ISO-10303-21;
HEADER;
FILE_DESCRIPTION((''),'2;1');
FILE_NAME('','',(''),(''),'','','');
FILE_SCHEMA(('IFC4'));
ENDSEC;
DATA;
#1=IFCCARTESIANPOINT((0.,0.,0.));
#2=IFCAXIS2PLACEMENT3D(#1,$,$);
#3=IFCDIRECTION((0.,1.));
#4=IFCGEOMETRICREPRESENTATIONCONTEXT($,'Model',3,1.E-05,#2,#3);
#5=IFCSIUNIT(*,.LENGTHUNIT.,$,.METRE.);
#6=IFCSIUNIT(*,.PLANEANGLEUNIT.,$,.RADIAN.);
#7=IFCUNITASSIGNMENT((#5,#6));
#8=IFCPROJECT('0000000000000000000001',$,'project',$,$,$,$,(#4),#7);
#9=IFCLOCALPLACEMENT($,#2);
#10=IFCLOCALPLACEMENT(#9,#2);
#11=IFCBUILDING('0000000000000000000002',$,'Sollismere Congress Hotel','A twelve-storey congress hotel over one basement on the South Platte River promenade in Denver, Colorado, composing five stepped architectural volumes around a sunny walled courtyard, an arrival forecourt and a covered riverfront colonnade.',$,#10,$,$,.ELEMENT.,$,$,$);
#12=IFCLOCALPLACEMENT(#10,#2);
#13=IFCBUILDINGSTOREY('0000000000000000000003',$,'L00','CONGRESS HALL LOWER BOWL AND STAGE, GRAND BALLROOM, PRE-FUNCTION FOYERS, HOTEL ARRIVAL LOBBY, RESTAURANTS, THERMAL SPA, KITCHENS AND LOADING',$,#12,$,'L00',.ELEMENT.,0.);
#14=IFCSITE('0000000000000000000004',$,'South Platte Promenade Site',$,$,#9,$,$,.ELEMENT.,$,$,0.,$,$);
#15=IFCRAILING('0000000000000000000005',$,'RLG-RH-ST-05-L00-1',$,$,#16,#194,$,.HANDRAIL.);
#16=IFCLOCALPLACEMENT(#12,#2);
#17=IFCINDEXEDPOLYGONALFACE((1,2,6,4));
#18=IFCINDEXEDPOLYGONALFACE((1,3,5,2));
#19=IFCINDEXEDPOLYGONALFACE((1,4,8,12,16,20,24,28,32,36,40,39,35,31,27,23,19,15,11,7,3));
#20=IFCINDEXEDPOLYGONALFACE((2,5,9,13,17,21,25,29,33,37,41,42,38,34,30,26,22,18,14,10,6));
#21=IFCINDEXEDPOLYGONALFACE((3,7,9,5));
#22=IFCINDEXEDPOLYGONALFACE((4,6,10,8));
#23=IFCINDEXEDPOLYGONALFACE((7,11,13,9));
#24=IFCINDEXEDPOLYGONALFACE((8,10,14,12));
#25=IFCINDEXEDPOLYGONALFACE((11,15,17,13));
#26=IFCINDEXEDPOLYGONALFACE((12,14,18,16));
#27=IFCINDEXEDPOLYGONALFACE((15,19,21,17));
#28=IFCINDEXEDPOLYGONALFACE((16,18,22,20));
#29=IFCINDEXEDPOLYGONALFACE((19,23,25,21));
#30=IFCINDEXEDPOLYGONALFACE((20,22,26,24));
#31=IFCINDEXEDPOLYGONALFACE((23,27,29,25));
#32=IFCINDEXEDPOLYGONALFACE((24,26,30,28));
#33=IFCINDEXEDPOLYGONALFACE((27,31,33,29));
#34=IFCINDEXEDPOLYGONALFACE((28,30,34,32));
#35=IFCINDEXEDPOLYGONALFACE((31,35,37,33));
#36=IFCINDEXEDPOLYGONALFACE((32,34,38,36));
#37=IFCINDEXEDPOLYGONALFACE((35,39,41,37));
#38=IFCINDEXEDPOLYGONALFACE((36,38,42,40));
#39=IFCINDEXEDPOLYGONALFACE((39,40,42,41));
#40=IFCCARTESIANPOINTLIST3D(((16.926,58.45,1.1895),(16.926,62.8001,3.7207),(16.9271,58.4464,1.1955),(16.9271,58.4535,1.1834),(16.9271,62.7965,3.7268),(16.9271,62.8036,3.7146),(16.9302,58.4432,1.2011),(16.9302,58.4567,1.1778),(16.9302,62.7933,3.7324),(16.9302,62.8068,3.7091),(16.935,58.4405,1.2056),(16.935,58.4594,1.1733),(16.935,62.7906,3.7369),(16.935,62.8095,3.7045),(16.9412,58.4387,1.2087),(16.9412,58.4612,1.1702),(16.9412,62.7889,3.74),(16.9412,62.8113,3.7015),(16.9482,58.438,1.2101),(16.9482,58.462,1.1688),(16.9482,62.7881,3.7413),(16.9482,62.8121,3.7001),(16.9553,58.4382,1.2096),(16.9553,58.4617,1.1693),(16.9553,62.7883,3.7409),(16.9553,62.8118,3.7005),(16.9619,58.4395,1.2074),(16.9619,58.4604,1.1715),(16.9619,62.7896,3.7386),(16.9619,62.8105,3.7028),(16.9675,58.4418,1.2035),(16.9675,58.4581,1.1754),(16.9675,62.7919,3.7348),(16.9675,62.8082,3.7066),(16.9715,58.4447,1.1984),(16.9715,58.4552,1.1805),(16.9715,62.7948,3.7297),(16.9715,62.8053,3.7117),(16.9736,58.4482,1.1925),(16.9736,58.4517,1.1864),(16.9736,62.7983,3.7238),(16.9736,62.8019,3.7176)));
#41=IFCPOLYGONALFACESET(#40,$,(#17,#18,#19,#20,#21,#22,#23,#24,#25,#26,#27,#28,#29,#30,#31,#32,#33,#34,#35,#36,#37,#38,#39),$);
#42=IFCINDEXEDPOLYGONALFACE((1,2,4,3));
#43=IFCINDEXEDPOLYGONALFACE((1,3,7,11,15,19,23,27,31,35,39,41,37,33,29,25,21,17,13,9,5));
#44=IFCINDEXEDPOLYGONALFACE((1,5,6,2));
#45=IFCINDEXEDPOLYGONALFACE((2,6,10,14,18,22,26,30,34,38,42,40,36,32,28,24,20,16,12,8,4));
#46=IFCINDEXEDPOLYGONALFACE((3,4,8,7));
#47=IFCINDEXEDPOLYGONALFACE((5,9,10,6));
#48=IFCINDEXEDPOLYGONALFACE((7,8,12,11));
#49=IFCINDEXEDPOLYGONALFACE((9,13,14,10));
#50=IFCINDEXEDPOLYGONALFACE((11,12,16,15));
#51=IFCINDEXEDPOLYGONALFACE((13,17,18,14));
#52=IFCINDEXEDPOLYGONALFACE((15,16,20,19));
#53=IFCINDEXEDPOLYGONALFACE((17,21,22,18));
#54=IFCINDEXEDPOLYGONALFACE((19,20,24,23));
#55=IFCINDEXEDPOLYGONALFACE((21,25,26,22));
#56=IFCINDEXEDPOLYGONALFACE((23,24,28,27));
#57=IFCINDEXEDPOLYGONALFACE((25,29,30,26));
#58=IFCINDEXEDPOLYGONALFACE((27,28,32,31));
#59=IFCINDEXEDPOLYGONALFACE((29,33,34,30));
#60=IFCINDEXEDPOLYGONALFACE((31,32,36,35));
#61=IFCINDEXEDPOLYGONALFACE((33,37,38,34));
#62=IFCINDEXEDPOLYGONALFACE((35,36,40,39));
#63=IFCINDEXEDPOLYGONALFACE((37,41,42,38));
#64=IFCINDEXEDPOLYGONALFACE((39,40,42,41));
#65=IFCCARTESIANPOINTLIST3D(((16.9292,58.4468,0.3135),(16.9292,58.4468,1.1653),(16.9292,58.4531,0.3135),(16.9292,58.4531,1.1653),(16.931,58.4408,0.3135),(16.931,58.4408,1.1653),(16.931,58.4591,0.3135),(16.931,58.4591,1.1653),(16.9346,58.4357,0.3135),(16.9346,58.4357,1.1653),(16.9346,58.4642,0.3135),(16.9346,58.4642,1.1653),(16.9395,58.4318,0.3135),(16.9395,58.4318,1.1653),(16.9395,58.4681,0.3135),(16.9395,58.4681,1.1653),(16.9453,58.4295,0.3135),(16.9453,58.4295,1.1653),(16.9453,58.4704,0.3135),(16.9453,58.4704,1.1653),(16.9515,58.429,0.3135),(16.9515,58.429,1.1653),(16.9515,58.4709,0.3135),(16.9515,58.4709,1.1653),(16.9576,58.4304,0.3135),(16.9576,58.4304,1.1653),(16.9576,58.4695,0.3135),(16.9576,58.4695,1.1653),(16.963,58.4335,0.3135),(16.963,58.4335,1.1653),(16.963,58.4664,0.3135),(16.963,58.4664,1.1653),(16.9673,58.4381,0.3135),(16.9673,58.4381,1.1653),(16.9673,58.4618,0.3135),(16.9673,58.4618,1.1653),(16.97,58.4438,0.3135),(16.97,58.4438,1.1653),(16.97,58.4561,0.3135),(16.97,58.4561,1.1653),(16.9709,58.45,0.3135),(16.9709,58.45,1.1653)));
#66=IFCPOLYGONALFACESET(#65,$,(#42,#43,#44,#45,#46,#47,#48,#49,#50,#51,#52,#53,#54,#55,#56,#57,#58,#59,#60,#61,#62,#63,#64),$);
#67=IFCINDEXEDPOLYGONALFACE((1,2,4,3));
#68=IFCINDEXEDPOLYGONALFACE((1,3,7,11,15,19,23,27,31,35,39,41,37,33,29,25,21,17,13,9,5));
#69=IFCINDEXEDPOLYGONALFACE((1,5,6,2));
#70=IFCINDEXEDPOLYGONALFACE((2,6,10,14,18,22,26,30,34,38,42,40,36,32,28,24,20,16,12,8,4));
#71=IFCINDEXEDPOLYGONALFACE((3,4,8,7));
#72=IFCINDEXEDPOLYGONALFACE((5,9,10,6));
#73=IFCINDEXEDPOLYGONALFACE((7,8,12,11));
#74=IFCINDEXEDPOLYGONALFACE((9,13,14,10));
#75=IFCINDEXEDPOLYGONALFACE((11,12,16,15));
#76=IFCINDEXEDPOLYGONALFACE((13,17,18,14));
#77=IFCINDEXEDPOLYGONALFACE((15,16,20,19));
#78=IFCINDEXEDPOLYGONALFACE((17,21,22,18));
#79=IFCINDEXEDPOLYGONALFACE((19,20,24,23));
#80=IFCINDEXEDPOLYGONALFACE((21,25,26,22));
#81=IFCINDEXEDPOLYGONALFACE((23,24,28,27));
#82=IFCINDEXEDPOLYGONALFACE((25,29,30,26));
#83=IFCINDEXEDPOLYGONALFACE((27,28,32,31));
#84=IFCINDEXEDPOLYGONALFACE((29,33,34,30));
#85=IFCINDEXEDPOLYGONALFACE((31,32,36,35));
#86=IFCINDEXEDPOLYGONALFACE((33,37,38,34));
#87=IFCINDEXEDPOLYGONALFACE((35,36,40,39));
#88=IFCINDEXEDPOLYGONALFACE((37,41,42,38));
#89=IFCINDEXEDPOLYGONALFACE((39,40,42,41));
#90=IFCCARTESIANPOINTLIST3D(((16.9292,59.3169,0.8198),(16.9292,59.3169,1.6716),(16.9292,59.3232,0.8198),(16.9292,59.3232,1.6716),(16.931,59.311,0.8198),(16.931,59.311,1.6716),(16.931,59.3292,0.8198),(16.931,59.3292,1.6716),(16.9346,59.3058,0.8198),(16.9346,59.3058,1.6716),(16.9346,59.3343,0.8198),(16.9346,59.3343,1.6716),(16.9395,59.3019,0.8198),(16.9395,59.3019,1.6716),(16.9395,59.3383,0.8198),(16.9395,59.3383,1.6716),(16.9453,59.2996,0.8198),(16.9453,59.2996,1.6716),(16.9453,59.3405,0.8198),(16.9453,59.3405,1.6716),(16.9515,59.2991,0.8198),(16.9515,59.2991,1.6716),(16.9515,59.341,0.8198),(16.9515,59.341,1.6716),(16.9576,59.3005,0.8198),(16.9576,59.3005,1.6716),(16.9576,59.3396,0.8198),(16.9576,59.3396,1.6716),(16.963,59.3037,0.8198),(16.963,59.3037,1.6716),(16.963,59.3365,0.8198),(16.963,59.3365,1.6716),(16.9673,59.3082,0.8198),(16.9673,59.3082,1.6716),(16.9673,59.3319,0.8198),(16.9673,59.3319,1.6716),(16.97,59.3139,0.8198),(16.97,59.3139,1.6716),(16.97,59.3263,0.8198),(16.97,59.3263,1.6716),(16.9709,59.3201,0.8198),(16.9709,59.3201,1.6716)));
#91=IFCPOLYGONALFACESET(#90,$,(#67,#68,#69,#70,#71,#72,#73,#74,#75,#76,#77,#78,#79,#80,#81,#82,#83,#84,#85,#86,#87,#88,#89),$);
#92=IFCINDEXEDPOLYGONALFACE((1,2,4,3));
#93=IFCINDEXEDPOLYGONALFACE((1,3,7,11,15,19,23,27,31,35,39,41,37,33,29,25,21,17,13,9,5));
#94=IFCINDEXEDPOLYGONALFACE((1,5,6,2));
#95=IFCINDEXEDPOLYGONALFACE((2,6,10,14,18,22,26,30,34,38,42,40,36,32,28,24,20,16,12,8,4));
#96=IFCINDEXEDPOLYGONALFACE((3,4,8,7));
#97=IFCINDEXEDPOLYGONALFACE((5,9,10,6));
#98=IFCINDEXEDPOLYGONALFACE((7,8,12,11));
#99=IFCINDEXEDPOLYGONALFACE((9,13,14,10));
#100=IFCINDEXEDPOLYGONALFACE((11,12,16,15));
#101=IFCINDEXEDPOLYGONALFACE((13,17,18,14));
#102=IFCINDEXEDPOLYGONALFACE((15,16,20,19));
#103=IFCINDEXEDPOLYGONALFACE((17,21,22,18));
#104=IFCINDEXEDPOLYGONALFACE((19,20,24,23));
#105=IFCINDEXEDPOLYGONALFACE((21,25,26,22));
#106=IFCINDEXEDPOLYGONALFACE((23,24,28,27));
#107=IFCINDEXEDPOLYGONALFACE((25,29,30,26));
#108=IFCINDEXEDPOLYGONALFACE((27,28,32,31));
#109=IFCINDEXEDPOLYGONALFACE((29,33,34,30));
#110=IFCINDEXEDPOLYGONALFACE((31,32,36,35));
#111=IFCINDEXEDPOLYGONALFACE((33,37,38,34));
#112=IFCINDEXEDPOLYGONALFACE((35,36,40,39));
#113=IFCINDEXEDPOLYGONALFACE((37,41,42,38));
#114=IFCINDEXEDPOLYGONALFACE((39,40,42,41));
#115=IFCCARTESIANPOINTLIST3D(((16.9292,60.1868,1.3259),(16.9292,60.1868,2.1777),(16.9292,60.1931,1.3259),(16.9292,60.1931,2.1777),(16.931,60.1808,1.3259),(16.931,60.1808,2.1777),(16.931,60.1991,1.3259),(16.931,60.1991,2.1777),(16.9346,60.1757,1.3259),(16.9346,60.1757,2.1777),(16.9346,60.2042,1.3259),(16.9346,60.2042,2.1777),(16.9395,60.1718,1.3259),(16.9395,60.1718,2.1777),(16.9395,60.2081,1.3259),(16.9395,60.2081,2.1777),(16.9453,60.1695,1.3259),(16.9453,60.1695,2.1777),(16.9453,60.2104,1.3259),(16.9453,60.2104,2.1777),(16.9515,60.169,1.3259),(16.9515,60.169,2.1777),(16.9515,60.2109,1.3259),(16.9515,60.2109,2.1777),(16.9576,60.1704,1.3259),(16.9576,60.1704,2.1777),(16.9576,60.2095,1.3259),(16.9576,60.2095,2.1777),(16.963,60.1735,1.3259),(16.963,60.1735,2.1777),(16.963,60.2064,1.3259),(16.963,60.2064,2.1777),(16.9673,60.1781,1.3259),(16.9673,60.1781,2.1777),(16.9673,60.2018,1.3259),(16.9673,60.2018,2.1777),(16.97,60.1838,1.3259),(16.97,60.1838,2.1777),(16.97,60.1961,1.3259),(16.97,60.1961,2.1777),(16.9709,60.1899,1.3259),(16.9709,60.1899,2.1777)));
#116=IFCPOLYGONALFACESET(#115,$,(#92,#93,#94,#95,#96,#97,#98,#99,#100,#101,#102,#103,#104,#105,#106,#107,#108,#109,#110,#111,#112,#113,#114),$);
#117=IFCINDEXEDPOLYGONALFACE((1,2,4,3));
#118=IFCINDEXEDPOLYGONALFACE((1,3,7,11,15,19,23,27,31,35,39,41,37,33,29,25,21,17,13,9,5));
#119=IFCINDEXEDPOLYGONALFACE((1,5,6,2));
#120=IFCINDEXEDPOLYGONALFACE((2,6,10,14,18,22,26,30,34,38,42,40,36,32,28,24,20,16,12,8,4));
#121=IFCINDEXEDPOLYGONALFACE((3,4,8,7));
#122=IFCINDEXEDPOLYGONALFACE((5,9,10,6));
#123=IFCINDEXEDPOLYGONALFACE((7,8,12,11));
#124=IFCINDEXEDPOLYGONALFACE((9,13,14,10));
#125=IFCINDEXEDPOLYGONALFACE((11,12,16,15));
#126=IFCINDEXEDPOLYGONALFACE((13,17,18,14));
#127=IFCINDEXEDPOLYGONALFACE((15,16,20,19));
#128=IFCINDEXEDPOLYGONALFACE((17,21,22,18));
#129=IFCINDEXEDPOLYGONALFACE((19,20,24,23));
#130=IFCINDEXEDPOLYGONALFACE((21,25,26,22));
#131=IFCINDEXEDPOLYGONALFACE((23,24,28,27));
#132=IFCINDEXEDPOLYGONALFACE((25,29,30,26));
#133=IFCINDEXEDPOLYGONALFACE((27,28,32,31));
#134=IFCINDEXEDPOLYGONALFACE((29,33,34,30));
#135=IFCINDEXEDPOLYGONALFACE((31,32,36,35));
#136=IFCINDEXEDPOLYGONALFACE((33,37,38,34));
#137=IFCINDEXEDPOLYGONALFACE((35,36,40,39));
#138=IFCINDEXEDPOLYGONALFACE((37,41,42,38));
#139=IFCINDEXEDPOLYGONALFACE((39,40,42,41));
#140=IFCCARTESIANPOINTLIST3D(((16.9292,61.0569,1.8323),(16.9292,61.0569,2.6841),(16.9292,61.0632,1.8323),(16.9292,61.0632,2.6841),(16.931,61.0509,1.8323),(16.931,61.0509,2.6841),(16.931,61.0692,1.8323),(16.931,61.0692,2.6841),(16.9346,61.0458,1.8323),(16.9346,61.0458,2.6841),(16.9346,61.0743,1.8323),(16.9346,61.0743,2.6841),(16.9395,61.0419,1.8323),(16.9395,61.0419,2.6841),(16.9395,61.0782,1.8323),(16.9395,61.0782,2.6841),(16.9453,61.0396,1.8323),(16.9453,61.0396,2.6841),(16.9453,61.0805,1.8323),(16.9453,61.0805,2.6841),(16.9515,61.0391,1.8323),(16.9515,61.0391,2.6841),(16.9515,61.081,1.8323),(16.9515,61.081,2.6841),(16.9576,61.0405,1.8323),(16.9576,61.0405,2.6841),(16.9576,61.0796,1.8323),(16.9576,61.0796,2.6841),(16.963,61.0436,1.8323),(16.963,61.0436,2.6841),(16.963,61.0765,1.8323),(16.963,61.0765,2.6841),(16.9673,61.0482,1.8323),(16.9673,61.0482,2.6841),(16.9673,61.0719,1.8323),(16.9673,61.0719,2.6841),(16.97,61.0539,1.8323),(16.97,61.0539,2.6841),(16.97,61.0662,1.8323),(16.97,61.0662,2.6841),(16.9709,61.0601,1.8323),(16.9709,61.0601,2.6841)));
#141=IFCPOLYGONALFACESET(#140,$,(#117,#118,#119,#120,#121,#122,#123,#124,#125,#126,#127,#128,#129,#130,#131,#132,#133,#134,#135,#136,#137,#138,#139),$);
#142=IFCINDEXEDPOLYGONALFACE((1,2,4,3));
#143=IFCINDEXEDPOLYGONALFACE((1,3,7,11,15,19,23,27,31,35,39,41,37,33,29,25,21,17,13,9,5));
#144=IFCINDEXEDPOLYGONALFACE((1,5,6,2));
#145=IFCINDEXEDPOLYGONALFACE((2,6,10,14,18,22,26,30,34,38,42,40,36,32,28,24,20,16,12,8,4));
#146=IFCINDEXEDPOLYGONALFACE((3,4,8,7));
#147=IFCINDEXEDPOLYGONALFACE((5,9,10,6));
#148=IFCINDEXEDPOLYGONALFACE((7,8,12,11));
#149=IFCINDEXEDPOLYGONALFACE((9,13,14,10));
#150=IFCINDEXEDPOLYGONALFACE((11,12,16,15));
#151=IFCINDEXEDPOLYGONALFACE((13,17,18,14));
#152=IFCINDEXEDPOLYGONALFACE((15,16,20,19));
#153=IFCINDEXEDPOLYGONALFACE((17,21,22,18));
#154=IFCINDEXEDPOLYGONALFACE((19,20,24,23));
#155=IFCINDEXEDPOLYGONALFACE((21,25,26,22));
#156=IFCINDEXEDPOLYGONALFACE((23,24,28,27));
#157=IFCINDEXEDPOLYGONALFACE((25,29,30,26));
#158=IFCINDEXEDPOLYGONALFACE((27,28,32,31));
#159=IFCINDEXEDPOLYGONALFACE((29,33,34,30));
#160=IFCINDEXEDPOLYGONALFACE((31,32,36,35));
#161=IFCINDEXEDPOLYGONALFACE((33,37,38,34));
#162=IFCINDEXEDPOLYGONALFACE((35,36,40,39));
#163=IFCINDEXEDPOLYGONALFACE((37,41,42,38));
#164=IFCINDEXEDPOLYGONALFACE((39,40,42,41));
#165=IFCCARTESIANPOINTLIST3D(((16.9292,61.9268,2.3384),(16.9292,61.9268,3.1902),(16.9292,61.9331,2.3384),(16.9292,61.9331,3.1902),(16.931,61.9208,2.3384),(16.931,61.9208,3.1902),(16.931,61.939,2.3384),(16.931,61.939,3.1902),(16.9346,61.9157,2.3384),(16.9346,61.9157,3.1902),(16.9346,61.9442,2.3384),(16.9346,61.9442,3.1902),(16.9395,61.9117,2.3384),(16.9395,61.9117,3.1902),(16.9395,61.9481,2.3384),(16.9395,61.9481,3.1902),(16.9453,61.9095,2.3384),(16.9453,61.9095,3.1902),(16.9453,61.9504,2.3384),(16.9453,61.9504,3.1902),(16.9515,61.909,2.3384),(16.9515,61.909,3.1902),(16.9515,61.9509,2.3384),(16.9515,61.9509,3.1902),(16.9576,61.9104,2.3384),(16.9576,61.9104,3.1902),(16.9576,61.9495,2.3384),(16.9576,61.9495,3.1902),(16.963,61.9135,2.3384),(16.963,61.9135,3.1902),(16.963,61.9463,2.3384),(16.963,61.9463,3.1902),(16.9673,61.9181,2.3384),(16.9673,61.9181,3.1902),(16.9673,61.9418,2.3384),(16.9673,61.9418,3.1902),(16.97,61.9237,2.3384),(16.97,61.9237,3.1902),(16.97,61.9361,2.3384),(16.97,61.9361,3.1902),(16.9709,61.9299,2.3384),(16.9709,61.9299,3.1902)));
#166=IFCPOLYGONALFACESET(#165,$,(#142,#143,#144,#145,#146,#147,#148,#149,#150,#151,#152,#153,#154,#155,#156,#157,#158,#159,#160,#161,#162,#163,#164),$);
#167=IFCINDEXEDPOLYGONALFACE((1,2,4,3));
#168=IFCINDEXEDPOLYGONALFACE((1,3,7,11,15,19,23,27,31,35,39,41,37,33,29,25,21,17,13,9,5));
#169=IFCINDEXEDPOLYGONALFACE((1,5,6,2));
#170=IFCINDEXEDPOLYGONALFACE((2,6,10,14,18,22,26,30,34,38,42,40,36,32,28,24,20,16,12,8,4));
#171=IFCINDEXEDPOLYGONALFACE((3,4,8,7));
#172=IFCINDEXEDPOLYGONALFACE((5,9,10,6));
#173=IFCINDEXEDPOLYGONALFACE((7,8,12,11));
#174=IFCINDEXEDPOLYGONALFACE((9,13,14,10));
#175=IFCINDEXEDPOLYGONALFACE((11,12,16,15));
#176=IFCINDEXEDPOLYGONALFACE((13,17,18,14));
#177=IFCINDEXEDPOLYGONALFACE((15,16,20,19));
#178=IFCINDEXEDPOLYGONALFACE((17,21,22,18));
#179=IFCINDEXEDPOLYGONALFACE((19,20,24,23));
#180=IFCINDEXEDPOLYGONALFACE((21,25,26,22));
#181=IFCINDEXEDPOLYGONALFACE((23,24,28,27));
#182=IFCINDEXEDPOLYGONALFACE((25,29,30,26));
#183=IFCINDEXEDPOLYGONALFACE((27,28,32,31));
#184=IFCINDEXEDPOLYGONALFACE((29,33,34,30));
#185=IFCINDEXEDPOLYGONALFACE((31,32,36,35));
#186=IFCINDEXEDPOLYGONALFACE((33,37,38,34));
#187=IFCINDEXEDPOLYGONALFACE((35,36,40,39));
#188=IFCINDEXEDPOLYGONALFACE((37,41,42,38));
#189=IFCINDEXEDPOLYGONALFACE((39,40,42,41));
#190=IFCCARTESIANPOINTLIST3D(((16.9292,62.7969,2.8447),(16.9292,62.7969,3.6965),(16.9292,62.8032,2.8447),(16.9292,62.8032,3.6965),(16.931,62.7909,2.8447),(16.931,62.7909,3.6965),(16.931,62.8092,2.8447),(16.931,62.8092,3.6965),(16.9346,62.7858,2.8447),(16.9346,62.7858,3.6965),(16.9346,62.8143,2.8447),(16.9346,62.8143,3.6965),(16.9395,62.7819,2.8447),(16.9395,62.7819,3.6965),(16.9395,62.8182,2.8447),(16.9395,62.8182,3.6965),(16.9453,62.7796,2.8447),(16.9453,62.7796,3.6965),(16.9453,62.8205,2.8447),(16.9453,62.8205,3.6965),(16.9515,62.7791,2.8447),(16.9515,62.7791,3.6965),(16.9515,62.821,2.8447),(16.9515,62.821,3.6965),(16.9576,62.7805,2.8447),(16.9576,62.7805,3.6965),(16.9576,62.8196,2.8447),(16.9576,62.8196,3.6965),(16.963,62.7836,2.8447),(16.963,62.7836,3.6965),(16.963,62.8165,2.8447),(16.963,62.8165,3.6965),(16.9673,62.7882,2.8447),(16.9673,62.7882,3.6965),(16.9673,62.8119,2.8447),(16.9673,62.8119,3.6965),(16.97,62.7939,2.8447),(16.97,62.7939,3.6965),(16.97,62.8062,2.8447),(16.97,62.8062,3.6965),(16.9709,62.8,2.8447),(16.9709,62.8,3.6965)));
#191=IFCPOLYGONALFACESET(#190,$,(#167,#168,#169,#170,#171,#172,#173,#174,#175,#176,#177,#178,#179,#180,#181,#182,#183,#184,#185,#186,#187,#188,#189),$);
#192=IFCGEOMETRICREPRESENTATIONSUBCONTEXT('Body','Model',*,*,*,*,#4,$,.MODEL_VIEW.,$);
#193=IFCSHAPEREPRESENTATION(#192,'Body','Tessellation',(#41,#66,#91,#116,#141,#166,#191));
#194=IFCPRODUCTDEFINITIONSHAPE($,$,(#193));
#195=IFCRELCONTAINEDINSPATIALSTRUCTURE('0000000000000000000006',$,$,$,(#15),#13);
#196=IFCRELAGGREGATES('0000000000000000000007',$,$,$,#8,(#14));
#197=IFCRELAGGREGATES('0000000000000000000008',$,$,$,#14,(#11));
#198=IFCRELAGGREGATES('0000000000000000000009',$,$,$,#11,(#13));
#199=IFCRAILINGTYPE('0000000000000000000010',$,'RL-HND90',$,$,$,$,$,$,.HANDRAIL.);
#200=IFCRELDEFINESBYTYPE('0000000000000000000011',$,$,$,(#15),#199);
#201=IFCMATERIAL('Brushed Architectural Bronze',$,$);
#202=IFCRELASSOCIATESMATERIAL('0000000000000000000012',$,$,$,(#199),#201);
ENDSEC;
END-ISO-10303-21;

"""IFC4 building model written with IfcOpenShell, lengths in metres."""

from ifc_helpers import new_model, si_unit, direction, frame, origin, origin_2d, place, context, subcontext, project, spatial, circle, extrude, material, type_object, element, save


model = new_model("IFC4")

# Units and contexts
model_context = context("Model", 3, precision=1e-05, world=origin(), true_north=direction((0.0, 1.0)))
body_context = subcontext(model_context, "Body", "Model", "MODEL_VIEW")
ifc_project = project(units=[si_unit("LENGTHUNIT", "METRE"), si_unit("PLANEANGLEUNIT", "RADIAN")], contexts=[model_context])

# Site, building, storey
site_placement = place(None, origin())
site = spatial("IfcSite", under=ifc_project, at=site_placement, Name="South Platte Promenade Site", CompositionType="ELEMENT", RefElevation=0.0)
building_placement = place(site_placement, origin())
building = spatial("IfcBuilding", under=site, at=building_placement, Name="Sollismere Congress Hotel", Description="A twelve-storey congress hotel over one basement on the South Platte River promenade in Denver, Colorado, composing five stepped architectural volumes around a sunny walled courtyard, an arrival forecourt and a covered riverfront colonnade.", CompositionType="ELEMENT")
storey_placement = place(building_placement, origin())
storey = spatial("IfcBuildingStorey", under=building, at=storey_placement, Name="L00", Description="CONGRESS HALL LOWER BOWL AND STAGE, GRAND BALLROOM, PRE-FUNCTION FOYERS, HOTEL ARRIVAL LOBBY, RESTAURANTS, THERMAL SPA, KITCHENS AND LOADING", LongName="L00", CompositionType="ELEMENT", Elevation=0.0)

# Railing
ifc_material_1 = material(Name="Brushed Architectural Bronze")
railing_type = type_object("IfcRailingType", Name="RL-HND90", PredefinedType="HANDRAIL", material=ifc_material_1)
railing_placement = place(storey_placement, frame((16.95, 58.45, 0.3135)))
element("IfcRailing", 1, at=railing_placement, inside=storey, type_object=railing_type, Name="RLG-RH-ST-05-L00-1", PredefinedType="HANDRAIL", context=body_context, shape_type="SweptSolid", body=[
    extrude(circle(Radius=0.0239, at=origin_2d()), frame((0.0, 0.0, 0.876), z_axis=(0.0, 0.864324, 0.502936), x_axis=(-1.0, 0.0, 0.0)), (0.0, 0.0, 1.0), 5.033),
    extrude(circle(Radius=0.021, at=origin_2d()), origin(), (0.0, 0.0, 1.0), 0.8518),
    extrude(circle(Radius=0.021, at=origin_2d()), frame((0.0, 0.8701, 0.5063)), (0.0, 0.0, 1.0), 0.8518),
    extrude(circle(Radius=0.021, at=origin_2d()), frame((0.0, 1.74, 1.0125)), (0.0, 0.0, 1.0), 0.8518),
    extrude(circle(Radius=0.021, at=origin_2d()), frame((0.0, 2.6101, 1.5188)), (0.0, 0.0, 1.0), 0.8518),
    extrude(circle(Radius=0.021, at=origin_2d()), frame((0.0, 3.48, 2.0249)), (0.0, 0.0, 1.0), 0.8518),
    extrude(circle(Radius=0.021, at=origin_2d()), frame((0.0, 4.3501, 2.5312)), (0.0, 0.0, 1.0), 0.8518),
])

save(model, "model.ifc")
